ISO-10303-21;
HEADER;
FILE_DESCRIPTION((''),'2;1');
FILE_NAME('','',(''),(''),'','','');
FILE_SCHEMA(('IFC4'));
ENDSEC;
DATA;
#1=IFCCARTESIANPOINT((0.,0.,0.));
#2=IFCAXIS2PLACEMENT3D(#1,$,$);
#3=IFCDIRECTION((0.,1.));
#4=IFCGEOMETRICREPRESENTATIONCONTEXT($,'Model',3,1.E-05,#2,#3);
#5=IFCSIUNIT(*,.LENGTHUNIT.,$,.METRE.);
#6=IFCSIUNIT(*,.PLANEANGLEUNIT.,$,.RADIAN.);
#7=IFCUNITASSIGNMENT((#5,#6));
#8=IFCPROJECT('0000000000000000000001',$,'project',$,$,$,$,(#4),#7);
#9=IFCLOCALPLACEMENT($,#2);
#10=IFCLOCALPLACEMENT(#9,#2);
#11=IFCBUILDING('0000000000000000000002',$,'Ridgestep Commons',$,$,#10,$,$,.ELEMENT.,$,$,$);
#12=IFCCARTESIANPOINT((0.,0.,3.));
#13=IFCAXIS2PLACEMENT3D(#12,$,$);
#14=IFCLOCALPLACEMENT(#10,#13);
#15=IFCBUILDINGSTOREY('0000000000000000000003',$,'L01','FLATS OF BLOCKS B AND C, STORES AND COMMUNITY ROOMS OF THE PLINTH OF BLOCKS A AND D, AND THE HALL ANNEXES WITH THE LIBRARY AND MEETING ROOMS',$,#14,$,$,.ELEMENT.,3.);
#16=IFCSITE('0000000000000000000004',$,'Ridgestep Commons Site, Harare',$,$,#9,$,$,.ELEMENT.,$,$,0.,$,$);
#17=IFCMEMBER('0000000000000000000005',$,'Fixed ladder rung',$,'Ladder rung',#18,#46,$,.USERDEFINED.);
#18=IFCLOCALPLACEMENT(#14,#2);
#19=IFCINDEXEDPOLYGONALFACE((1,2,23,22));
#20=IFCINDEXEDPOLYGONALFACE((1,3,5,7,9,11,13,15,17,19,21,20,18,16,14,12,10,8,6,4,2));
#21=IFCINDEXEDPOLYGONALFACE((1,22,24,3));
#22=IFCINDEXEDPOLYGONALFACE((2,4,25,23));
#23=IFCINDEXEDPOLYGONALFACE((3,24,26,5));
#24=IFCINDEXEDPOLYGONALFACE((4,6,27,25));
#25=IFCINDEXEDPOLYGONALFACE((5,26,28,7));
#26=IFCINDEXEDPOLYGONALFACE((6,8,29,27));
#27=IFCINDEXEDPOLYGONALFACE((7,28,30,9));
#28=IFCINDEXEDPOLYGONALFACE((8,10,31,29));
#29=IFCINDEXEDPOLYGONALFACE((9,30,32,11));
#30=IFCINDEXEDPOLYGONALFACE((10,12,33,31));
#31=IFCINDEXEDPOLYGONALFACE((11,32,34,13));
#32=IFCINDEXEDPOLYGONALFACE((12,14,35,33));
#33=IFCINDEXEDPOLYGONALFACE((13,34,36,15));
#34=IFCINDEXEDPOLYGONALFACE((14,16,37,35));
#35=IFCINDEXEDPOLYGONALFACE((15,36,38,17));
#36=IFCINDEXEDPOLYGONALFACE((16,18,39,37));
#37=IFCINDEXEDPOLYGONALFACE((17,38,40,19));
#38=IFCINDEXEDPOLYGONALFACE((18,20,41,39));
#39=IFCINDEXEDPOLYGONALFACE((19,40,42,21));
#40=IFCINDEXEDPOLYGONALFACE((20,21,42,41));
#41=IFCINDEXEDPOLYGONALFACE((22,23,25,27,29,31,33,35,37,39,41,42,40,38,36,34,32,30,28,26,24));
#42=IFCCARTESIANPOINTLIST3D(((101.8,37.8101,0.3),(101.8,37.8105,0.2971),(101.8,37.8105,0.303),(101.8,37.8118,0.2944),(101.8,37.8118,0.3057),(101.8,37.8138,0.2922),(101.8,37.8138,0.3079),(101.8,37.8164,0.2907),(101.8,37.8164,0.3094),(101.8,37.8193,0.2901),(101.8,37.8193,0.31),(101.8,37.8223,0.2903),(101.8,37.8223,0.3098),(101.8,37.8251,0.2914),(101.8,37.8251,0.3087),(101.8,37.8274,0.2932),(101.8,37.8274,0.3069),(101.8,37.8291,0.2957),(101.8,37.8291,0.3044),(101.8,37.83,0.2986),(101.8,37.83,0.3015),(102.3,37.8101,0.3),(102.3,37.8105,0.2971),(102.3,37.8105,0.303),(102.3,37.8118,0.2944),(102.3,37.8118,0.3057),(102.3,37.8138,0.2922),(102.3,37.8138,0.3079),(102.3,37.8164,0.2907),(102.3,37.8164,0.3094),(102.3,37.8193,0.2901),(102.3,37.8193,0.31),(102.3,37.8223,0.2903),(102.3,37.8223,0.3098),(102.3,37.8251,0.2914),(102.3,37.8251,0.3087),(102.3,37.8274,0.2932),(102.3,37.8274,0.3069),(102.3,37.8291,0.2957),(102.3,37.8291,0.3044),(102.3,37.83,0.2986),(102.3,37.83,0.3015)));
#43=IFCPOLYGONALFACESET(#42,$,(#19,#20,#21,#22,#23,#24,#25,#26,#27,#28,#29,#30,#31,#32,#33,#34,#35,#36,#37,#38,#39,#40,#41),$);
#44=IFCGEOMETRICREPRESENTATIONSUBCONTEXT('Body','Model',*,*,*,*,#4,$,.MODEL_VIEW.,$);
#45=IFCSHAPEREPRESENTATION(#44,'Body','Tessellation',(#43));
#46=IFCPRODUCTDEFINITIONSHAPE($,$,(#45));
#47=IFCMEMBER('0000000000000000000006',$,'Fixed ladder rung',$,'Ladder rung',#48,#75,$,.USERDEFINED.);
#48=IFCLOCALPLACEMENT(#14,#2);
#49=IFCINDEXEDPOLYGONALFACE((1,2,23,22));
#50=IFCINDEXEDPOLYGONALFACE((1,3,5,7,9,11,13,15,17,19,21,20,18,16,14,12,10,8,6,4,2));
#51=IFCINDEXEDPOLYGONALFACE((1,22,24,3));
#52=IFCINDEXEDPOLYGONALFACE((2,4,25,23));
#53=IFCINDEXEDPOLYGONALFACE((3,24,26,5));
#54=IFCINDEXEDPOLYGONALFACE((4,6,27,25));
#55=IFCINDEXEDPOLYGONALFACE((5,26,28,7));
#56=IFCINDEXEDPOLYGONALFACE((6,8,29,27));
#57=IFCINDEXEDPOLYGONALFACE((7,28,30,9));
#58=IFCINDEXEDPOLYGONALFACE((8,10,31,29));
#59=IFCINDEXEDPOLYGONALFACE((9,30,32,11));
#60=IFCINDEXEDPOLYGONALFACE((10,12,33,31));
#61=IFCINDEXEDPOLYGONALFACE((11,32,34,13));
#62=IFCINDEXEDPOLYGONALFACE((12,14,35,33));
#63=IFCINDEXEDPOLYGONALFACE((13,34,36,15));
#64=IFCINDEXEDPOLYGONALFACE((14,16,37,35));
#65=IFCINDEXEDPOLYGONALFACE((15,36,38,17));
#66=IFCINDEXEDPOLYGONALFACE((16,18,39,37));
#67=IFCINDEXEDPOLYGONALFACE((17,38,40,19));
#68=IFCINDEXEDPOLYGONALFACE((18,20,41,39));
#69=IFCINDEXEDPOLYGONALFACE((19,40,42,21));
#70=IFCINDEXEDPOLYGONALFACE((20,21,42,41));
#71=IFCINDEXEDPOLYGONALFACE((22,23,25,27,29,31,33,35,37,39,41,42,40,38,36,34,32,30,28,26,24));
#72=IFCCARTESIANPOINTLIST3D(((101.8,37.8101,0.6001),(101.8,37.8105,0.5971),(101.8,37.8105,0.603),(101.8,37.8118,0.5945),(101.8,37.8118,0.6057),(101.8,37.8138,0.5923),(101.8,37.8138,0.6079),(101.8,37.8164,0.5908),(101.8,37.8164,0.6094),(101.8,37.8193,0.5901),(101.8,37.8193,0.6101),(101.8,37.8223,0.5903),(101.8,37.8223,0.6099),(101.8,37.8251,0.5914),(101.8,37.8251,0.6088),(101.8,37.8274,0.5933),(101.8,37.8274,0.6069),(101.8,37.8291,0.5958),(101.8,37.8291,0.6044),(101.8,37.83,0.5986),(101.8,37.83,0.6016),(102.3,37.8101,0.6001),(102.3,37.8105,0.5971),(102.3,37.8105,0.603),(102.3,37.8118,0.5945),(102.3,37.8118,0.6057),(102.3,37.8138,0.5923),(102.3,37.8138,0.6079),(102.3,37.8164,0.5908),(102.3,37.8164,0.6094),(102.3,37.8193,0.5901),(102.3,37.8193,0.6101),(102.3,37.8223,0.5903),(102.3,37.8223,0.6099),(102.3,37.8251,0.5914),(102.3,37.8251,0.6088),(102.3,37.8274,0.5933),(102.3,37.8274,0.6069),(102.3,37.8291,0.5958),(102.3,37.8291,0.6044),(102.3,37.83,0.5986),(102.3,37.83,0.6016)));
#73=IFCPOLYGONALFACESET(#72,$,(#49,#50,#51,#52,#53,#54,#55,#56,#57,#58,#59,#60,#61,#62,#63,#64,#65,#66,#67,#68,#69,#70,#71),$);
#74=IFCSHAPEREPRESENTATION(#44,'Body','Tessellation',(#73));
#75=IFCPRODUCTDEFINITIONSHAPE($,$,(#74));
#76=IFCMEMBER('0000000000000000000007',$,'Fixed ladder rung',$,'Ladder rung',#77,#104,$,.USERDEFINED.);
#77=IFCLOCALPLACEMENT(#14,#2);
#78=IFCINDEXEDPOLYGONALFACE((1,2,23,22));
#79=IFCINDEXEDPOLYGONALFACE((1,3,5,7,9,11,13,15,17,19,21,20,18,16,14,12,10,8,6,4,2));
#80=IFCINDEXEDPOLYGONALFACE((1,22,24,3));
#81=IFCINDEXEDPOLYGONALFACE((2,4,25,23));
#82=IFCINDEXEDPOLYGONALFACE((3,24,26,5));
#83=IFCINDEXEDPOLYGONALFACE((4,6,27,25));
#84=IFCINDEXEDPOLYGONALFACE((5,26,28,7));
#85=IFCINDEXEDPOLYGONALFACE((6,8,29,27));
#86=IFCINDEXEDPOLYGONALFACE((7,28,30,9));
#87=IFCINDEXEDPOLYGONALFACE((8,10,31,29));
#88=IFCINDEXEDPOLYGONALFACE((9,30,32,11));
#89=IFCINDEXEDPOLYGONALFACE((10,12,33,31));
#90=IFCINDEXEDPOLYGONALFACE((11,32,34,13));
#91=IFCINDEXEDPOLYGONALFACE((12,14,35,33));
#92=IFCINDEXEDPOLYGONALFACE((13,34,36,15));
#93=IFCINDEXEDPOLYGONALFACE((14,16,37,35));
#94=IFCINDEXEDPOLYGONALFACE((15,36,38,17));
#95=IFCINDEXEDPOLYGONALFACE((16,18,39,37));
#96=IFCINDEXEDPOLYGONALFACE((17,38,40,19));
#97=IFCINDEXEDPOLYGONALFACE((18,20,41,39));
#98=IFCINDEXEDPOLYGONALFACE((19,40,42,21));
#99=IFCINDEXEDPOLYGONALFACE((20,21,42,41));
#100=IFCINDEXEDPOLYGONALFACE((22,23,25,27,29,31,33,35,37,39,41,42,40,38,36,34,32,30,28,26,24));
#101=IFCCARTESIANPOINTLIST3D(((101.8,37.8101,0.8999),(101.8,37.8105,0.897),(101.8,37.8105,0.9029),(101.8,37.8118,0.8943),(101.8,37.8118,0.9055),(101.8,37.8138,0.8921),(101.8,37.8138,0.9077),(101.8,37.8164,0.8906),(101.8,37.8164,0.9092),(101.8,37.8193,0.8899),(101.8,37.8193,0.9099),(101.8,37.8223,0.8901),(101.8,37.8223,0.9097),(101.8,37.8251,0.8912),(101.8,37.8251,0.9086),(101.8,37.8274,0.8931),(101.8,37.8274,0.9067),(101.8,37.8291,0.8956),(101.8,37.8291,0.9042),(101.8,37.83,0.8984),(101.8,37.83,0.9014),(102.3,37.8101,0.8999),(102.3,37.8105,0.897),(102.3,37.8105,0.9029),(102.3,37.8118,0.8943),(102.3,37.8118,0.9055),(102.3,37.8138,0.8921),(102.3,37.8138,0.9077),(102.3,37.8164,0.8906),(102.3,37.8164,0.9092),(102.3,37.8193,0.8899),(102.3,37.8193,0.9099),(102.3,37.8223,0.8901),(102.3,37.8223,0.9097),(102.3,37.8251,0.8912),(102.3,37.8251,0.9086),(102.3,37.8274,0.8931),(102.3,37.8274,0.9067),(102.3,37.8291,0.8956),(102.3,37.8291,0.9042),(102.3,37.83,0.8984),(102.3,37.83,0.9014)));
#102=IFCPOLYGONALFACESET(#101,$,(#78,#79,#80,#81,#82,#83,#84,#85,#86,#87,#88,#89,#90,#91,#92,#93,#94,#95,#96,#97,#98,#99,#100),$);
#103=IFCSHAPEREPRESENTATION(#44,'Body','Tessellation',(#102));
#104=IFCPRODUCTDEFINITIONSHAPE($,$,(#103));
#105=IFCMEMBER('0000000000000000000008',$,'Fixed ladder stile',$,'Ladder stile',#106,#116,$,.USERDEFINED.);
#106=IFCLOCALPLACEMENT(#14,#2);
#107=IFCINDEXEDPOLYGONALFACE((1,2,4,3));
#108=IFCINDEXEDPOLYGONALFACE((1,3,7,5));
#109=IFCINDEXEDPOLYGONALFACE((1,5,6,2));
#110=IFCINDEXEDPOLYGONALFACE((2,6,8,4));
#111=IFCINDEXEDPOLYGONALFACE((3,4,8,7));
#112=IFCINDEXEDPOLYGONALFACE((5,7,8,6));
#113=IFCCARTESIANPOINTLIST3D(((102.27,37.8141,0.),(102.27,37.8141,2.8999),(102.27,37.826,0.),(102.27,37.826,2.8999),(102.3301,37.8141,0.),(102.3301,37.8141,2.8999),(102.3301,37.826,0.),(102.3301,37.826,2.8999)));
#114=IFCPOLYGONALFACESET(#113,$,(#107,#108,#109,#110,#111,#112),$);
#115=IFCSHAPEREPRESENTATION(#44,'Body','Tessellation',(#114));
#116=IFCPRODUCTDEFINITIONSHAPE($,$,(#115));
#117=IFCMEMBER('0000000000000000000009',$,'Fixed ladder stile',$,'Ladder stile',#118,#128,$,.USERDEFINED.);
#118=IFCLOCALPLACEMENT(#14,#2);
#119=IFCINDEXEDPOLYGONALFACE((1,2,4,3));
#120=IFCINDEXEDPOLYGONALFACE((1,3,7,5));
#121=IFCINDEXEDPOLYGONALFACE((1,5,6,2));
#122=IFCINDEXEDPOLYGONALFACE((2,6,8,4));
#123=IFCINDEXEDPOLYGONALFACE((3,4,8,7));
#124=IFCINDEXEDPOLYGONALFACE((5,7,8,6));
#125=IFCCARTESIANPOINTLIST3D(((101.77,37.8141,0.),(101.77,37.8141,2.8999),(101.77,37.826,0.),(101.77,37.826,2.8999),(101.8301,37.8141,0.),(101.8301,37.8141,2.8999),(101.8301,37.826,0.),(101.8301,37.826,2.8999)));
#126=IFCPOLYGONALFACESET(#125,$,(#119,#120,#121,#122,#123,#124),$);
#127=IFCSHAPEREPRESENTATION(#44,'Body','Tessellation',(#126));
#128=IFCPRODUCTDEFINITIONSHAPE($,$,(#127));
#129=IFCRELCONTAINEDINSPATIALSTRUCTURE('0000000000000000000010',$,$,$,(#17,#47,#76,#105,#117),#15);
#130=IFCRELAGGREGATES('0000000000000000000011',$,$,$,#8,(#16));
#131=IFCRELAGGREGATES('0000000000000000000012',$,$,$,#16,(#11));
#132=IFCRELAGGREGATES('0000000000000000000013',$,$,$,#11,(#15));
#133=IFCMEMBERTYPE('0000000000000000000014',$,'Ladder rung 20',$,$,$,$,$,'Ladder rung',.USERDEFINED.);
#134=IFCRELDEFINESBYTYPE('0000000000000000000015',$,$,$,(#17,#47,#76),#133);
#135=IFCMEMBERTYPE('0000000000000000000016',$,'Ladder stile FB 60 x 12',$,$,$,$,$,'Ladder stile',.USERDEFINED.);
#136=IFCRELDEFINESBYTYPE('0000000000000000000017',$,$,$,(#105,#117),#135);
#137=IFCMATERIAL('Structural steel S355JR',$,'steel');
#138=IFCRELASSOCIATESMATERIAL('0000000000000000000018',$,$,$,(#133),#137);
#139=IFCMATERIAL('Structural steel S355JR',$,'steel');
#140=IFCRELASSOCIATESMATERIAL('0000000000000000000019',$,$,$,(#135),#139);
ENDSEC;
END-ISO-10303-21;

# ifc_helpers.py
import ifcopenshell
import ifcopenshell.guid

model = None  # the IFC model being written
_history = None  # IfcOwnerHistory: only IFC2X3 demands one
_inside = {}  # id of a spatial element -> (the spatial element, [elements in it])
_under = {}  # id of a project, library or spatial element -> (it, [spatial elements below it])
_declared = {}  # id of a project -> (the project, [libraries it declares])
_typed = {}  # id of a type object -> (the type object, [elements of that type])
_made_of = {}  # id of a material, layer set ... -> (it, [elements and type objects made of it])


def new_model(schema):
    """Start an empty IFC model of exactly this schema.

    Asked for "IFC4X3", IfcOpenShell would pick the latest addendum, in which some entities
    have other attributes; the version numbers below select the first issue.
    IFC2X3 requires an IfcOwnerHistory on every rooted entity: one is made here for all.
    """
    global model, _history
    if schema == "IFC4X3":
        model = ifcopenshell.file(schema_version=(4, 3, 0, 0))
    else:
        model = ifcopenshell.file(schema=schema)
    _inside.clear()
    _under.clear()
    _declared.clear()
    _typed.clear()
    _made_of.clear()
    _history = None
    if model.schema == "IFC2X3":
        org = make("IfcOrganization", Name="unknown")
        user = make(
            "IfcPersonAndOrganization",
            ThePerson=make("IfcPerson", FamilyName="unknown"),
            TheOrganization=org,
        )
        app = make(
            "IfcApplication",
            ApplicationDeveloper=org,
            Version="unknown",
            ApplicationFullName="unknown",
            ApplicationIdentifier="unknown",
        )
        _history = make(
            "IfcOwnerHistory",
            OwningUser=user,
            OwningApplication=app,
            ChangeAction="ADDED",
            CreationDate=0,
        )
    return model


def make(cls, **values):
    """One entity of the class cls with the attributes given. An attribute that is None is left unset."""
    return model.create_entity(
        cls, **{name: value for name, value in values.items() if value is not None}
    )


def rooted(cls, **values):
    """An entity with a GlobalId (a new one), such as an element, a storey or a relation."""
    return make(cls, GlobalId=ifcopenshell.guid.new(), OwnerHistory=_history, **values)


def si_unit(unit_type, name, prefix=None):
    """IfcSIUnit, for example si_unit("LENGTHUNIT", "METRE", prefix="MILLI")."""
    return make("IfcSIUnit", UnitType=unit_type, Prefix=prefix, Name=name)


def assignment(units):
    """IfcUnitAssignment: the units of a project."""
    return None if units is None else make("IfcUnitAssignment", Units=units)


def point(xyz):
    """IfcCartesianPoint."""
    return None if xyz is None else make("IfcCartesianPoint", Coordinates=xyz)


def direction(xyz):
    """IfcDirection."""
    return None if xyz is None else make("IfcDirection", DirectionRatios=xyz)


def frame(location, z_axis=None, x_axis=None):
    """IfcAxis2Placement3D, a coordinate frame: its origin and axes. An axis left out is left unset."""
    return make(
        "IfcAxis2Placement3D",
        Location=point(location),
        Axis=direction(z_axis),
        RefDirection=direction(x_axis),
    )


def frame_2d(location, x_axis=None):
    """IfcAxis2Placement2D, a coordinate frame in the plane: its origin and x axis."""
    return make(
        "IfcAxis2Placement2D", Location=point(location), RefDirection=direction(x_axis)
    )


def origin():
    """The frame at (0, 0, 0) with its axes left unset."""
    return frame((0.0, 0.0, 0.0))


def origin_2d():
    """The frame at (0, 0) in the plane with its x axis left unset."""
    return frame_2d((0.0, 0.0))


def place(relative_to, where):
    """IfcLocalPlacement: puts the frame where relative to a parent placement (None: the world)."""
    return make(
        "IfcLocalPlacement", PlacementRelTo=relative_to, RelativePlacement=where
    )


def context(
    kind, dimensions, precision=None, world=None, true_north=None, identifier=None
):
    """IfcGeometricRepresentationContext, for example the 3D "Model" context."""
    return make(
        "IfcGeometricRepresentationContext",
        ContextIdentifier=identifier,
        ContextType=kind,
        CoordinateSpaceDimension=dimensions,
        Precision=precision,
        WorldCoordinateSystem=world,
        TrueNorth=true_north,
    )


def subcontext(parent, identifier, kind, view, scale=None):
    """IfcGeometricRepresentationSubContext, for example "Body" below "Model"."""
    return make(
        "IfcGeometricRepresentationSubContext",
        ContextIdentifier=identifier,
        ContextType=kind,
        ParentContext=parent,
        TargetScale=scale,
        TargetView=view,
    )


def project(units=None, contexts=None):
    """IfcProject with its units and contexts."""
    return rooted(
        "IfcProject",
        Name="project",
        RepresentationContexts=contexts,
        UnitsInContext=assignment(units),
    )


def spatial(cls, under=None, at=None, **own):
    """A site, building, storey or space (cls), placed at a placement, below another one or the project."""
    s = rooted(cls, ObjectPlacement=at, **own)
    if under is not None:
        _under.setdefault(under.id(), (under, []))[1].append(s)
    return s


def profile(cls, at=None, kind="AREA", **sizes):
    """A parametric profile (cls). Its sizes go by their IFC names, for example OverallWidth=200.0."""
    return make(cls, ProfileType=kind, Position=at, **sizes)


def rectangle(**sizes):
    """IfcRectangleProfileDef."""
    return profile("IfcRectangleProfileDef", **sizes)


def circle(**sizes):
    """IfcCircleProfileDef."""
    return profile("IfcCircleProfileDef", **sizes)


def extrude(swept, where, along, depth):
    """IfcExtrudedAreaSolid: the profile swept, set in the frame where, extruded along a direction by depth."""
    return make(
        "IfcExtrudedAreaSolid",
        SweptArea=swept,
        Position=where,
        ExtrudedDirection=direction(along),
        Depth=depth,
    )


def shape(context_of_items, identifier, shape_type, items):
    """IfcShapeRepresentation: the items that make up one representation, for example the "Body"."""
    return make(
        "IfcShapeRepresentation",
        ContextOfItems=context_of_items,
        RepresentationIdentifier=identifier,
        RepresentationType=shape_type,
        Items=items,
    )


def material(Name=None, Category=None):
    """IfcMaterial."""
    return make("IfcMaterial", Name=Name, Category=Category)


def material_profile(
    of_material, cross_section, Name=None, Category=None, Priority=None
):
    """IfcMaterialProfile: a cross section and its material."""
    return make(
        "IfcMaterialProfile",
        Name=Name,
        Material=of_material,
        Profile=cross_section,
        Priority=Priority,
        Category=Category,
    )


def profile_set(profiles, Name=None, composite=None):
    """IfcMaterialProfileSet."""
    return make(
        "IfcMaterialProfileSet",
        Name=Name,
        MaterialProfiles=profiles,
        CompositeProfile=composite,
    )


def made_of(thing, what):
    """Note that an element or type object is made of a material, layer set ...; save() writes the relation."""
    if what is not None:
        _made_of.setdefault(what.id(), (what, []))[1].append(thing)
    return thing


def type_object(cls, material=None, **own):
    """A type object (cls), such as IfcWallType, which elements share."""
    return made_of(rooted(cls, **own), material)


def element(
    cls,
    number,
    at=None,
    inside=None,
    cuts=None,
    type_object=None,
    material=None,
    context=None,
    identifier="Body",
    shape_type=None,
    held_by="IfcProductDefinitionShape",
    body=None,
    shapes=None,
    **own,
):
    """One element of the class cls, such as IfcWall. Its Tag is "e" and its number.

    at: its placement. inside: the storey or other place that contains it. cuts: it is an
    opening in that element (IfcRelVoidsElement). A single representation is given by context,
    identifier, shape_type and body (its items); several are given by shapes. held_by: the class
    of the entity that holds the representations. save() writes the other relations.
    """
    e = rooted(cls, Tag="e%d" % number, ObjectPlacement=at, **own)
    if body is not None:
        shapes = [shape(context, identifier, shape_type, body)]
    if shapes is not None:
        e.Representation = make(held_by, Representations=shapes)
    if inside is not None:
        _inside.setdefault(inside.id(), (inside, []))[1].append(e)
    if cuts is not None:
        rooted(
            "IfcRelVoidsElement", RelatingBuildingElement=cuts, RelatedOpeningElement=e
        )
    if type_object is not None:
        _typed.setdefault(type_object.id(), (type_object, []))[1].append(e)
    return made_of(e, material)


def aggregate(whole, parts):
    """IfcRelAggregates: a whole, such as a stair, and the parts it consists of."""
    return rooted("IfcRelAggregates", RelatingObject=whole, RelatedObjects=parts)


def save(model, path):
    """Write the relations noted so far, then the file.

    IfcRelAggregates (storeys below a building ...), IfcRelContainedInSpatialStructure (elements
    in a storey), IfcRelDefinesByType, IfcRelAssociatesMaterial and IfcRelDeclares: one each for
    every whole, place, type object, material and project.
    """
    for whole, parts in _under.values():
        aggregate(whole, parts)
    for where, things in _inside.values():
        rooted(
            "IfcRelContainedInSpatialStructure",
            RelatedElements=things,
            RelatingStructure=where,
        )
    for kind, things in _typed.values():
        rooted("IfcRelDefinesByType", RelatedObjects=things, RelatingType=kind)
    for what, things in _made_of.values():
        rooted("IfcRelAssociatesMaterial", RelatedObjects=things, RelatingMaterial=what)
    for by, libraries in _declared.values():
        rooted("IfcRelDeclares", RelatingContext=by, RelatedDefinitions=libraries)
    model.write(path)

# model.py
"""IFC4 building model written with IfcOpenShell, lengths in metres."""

from ifc_helpers import new_model, si_unit, direction, frame, origin, origin_2d, place, context, subcontext, project, spatial, rectangle, circle, extrude, material, material_profile, profile_set, type_object, element, save


model = new_model("IFC4")

# Units and contexts
model_context = context("Model", 3, precision=1e-05, world=origin(), true_north=direction((0.0, 1.0)))
body_context = subcontext(model_context, "Body", "Model", "MODEL_VIEW")
ifc_project = project(units=[si_unit("LENGTHUNIT", "METRE"), si_unit("PLANEANGLEUNIT", "RADIAN")], contexts=[model_context])

# Site, building, storey
site_placement = place(None, origin())
site = spatial("IfcSite", under=ifc_project, at=site_placement, Name="Ridgestep Commons Site, Harare", CompositionType="ELEMENT", RefElevation=0.0)
building_placement = place(site_placement, origin())
building = spatial("IfcBuilding", under=site, at=building_placement, Name="Ridgestep Commons", CompositionType="ELEMENT")
storey_placement = place(building_placement, frame((0.0, 0.0, 3.0)))
storey = spatial("IfcBuildingStorey", under=building, at=storey_placement, Name="L01", Description="FLATS OF BLOCKS B AND C, STORES AND COMMUNITY ROOMS OF THE PLINTH OF BLOCKS A AND D, AND THE HALL ANNEXES WITH THE LIBRARY AND MEETING ROOMS", CompositionType="ELEMENT", Elevation=3.0)

# Members
ifc_material_1 = material(Name="Structural steel S355JR", Category="steel")
ifc_material_profile_1 = material_profile(ifc_material_1, circle(Radius=0.01, at=origin_2d()), Name="Ladder rung 20")
ifc_profile_set_1 = profile_set([ifc_material_profile_1], Name="Structural steel S355JR")
member_type_1 = type_object("IfcMemberType", Name="Ladder rung 20", ElementType="Ladder rung", PredefinedType="USERDEFINED", material=ifc_profile_set_1)
for number, where, z_axis, x_axis, name in (
    (1, (102.3, 37.8201, 0.3), (-1.0, 0.0, 0.0), (0.0, -1.0, 0.0), "Fixed ladder rung"),
    (2, (102.3, 37.8201, 0.6001), (-1.0, 0.0, 0.0), (0.0, -1.0, 0.0), "Fixed ladder rung"),
    (3, (102.3, 37.8201, 0.8999), (-1.0, 0.0, 0.0), (0.0, -1.0, 0.0), "Fixed ladder rung"),
):
    element("IfcMember", number, at=place(storey_placement, frame(where, z_axis=z_axis, x_axis=x_axis)), inside=storey, type_object=member_type_1, Name=name, ObjectType="Ladder rung", PredefinedType="USERDEFINED", context=body_context, shape_type="SweptSolid", body=[
        extrude(circle(Radius=0.01, at=origin_2d()), origin(), (0.0, 0.0, 1.0), 0.5),
    ])
ifc_material_2 = material(Name="Structural steel S355JR", Category="steel")
ifc_material_profile_2 = material_profile(ifc_material_2, rectangle(XDim=0.0601, YDim=0.012, at=origin_2d()), Name="Ladder stile FB 60 x 12")
ifc_profile_set_2 = profile_set([ifc_material_profile_2], Name="Structural steel S355JR")
member_type_2 = type_object("IfcMemberType", Name="Ladder stile FB 60 x 12", ElementType="Ladder stile", PredefinedType="USERDEFINED", material=ifc_profile_set_2)
for number, where, z_axis, x_axis, name in (
    (4, (102.3, 37.8201, 0.0), (0.0, 0.0, 1.0), (1.0, 0.0, 0.0), "Fixed ladder stile"),
    (5, (101.8, 37.8201, 0.0), (0.0, 0.0, 1.0), (1.0, 0.0, 0.0), "Fixed ladder stile"),
):
    element("IfcMember", number, at=place(storey_placement, frame(where, z_axis=z_axis, x_axis=x_axis)), inside=storey, type_object=member_type_2, Name=name, ObjectType="Ladder stile", PredefinedType="USERDEFINED", context=body_context, shape_type="SweptSolid", body=[
        extrude(rectangle(XDim=0.0601, YDim=0.012, at=origin_2d()), origin(), (0.0, 0.0, 1.0), 2.8999),
    ])

save(model, "model.ifc")
